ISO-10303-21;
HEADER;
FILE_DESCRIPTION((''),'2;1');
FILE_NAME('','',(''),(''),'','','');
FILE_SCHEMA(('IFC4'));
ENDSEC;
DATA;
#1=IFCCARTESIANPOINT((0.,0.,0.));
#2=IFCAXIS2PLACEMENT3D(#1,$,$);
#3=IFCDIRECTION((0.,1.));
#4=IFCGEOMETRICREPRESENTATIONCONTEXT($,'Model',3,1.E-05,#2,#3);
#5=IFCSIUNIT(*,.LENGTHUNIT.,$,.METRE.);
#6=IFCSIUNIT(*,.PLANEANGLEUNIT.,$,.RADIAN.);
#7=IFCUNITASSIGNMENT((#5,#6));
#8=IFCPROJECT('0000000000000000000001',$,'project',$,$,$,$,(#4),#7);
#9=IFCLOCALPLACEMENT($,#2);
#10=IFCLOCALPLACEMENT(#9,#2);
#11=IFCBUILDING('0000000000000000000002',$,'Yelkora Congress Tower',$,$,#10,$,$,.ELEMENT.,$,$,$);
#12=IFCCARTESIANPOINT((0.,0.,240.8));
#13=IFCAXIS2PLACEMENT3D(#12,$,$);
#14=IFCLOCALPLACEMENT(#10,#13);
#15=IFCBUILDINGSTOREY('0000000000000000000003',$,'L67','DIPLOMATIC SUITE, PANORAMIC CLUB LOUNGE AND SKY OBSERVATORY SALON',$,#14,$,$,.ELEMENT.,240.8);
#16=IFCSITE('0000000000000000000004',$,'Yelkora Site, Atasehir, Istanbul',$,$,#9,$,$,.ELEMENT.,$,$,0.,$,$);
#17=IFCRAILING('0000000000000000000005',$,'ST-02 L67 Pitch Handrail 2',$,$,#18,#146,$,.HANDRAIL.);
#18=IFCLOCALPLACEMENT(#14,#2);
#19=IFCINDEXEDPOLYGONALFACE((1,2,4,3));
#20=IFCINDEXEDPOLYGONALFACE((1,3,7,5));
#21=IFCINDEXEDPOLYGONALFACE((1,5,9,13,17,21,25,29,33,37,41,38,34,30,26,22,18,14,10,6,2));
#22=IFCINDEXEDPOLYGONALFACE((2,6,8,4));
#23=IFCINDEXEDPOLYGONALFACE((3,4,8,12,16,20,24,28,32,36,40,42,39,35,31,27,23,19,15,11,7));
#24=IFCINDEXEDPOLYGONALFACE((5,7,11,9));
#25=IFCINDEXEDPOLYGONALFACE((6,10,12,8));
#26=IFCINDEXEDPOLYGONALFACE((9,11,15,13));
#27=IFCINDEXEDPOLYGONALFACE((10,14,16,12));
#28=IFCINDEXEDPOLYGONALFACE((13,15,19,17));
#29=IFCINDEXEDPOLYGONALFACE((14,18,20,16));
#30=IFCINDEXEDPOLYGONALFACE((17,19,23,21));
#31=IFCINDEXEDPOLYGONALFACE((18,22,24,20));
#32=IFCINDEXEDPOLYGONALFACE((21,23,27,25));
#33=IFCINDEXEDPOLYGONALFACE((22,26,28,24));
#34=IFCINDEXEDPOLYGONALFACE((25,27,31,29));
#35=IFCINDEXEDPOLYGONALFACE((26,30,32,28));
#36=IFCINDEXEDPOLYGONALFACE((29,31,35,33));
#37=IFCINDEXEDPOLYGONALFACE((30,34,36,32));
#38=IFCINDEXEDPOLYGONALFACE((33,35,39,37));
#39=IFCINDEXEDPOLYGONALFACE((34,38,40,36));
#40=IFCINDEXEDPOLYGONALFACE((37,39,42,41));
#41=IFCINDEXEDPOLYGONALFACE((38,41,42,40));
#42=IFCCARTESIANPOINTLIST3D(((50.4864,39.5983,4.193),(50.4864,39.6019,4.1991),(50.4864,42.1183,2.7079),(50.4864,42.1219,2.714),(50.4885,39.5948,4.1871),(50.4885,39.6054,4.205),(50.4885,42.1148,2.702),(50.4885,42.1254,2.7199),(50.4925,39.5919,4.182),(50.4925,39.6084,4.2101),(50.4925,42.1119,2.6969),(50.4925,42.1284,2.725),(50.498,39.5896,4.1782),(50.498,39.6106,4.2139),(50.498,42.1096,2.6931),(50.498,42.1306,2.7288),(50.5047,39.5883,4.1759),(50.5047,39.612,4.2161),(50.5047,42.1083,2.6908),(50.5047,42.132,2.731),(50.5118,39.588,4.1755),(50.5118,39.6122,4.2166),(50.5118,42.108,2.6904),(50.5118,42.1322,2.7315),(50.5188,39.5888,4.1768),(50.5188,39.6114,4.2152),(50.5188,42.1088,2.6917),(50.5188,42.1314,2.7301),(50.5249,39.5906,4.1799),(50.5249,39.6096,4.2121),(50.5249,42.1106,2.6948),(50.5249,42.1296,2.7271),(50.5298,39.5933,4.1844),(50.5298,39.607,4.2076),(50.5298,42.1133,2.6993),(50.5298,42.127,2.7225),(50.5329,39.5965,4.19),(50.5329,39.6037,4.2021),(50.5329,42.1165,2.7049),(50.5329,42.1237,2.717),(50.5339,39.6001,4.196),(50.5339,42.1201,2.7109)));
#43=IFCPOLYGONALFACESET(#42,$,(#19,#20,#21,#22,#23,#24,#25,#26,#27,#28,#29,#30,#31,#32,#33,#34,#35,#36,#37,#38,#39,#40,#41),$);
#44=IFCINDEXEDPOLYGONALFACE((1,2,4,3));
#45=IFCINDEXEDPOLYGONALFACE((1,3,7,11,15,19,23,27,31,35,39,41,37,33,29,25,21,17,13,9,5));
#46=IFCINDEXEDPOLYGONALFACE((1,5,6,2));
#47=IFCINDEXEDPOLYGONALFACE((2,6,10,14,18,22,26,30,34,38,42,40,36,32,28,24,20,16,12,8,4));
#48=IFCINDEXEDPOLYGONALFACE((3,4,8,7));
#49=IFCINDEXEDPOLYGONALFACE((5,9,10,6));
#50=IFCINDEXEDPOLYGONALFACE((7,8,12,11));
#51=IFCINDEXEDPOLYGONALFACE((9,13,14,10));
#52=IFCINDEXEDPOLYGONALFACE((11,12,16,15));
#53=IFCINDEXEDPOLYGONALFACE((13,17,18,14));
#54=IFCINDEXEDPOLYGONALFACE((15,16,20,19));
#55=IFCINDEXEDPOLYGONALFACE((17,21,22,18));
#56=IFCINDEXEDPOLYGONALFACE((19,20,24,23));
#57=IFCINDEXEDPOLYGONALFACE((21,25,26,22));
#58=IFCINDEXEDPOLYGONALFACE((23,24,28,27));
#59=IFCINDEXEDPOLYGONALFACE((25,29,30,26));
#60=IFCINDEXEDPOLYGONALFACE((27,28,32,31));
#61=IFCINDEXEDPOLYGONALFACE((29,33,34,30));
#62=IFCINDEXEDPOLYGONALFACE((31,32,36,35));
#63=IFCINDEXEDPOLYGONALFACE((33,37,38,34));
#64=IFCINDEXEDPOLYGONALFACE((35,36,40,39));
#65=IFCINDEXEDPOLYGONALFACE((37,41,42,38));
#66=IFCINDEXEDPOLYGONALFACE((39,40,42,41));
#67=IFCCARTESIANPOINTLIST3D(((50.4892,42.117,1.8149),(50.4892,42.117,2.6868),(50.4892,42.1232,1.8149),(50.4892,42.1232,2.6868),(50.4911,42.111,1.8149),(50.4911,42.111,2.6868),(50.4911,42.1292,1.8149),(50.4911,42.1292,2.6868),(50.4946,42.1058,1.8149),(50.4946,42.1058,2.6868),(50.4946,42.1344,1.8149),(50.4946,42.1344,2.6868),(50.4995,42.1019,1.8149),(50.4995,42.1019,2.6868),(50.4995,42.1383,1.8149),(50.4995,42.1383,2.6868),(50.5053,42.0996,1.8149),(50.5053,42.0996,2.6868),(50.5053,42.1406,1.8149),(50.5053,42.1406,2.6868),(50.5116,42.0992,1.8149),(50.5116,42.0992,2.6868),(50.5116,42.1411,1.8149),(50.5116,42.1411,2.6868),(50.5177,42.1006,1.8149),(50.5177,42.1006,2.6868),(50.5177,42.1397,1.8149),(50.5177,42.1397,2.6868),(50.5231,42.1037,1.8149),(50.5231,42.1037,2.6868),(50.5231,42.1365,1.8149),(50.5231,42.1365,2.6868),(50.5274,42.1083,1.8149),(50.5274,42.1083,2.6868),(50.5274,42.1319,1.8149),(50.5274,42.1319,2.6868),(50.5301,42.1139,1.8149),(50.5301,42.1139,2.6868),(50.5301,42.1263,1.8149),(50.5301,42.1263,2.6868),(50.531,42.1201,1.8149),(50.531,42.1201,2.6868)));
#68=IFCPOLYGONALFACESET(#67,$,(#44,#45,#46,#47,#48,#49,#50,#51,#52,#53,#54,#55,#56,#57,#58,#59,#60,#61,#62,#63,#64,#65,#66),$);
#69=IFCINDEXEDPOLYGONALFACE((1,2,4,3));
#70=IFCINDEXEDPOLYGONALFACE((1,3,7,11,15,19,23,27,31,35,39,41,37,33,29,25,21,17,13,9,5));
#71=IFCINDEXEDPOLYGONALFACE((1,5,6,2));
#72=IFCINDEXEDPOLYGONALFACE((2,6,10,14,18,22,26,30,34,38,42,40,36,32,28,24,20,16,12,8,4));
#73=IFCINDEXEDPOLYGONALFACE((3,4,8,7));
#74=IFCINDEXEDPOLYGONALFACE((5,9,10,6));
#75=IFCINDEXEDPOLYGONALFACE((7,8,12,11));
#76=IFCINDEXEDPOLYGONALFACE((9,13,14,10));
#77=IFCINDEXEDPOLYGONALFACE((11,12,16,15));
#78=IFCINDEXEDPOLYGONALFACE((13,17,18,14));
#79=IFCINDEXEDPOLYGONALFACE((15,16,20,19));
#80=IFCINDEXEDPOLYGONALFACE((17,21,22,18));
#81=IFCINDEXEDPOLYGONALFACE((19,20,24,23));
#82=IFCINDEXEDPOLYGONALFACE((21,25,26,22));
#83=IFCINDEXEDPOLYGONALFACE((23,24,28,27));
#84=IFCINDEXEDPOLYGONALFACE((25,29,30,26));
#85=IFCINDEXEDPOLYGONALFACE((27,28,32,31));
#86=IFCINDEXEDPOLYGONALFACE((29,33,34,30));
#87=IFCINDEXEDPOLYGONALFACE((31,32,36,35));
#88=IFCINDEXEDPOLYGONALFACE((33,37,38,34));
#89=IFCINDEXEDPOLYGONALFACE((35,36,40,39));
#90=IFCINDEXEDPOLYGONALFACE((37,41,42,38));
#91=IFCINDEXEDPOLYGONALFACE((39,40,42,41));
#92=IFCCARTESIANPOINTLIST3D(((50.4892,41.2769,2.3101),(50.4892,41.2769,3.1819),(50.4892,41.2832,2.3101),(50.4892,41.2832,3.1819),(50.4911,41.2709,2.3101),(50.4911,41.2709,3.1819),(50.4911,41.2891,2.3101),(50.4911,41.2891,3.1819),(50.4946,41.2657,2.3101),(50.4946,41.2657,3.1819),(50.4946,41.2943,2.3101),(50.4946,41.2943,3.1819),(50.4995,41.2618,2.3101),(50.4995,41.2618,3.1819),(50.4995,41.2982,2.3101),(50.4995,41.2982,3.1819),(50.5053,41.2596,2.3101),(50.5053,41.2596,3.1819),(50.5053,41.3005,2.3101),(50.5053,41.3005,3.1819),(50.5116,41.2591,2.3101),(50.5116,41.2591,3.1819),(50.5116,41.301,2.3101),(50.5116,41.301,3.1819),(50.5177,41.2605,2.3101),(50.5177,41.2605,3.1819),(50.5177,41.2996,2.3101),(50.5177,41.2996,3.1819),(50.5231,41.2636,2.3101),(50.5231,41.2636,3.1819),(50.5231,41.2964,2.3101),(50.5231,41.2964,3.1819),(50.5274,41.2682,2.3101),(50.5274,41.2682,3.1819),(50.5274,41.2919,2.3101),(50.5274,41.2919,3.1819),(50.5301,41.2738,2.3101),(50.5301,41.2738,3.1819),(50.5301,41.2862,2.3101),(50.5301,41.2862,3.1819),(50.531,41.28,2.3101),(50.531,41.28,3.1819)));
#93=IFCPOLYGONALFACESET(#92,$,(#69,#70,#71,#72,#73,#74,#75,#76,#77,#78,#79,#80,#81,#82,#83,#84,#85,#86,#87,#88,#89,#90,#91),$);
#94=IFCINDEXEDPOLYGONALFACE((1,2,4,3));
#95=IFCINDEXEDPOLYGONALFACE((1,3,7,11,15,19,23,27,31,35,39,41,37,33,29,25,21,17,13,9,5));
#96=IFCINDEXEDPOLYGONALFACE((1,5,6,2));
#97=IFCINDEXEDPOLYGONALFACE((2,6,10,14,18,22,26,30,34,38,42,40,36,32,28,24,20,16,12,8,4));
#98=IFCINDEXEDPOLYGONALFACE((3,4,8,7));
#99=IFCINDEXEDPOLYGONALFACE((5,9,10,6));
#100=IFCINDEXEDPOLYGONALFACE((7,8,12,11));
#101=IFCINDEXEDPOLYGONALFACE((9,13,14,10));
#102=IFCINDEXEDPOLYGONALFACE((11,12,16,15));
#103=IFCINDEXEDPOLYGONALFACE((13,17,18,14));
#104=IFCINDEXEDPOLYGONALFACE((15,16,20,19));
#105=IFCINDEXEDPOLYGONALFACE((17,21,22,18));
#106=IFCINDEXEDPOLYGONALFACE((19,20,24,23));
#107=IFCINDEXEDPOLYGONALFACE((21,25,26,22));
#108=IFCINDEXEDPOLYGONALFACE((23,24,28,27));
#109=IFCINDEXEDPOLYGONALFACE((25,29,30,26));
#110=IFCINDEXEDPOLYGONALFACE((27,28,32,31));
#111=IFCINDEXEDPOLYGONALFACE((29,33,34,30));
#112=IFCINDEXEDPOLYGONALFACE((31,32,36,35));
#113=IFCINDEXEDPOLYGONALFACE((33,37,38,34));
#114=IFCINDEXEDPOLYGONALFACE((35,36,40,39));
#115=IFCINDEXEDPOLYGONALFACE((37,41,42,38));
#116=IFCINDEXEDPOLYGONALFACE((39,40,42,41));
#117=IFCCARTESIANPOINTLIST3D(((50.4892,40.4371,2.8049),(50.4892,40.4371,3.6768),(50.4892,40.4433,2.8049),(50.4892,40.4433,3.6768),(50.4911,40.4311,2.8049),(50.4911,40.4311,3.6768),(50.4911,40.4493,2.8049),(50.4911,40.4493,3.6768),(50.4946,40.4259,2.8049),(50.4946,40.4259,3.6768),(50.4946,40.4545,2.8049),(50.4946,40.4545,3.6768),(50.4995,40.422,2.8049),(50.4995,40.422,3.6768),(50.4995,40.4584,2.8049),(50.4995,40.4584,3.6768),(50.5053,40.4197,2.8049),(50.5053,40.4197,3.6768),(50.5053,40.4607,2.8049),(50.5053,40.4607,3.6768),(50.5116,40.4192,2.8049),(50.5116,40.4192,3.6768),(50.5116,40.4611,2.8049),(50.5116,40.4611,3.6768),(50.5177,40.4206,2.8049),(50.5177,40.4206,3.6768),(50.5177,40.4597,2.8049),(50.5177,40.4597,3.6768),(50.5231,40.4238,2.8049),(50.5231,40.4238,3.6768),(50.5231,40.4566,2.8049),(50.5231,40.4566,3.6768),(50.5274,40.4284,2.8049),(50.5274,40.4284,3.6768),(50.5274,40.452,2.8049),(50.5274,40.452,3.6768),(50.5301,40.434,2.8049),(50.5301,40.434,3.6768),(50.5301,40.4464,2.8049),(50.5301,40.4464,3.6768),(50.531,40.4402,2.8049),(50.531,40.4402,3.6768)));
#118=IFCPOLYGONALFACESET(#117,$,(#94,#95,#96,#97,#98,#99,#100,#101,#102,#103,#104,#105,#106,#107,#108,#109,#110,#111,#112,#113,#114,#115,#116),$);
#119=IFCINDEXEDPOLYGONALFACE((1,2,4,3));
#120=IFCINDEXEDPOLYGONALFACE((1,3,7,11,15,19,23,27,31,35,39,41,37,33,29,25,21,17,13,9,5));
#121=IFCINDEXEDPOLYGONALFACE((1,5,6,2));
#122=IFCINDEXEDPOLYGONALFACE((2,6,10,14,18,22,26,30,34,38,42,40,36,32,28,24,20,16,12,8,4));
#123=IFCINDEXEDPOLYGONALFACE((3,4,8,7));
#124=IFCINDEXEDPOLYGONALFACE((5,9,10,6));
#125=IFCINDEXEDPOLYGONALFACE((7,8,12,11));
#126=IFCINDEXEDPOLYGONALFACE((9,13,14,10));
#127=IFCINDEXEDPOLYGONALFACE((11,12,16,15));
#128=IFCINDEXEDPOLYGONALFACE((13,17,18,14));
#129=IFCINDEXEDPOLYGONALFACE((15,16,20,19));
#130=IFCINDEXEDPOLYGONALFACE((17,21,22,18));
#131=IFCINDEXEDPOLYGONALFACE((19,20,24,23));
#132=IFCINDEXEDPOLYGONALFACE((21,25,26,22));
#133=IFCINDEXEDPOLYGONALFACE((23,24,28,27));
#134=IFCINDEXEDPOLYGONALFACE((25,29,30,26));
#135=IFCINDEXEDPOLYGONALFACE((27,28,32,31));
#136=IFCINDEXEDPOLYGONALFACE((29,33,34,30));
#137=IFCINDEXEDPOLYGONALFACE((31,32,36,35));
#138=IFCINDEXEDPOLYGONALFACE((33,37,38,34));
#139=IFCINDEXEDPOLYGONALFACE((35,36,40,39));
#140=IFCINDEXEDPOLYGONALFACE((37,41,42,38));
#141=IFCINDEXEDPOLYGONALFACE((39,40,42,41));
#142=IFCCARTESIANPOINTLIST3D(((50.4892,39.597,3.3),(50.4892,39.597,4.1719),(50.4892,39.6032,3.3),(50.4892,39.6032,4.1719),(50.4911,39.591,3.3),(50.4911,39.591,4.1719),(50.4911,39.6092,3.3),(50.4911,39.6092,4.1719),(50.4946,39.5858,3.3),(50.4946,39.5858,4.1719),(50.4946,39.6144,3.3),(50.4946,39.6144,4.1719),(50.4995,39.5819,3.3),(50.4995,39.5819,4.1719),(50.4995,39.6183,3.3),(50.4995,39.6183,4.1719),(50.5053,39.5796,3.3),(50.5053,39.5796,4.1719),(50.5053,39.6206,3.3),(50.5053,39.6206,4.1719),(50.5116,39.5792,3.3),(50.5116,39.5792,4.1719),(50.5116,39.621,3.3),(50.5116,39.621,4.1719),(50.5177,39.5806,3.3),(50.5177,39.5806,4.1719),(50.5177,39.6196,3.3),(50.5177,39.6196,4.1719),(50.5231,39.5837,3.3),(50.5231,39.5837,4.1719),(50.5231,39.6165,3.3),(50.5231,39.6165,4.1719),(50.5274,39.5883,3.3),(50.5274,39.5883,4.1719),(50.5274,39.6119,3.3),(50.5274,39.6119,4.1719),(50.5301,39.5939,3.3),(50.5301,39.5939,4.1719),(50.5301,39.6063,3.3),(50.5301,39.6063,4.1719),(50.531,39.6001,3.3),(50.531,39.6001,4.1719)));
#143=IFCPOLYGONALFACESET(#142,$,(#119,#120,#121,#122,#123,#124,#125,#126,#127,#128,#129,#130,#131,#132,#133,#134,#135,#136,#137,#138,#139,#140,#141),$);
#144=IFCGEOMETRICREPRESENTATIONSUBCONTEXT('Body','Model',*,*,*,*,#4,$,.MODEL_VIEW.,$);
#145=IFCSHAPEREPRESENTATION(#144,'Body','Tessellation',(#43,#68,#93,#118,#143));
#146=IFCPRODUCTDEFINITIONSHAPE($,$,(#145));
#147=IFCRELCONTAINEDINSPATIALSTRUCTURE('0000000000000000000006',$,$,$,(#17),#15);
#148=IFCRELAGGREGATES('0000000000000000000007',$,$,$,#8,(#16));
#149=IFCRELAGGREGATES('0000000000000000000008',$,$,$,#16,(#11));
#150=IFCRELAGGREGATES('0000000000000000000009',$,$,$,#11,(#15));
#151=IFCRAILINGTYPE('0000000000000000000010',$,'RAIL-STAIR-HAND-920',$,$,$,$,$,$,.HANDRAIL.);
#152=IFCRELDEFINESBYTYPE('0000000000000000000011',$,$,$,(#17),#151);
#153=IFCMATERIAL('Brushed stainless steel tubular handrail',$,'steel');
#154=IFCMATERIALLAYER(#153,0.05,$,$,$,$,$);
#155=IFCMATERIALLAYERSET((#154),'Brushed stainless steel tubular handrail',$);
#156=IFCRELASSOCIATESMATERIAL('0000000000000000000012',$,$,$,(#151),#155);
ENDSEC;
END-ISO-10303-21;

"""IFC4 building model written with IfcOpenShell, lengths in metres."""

from ifc_helpers import new_model, si_unit, direction, frame, origin, origin_2d, place, context, subcontext, project, spatial, circle, extrude, material, layer, layer_set, type_object, element, save


model = new_model("IFC4")

# Units and contexts
model_context = context("Model", 3, precision=1e-05, world=origin(), true_north=direction((0.0, 1.0)))
body_context = subcontext(model_context, "Body", "Model", "MODEL_VIEW")
ifc_project = project(units=[si_unit("LENGTHUNIT", "METRE"), si_unit("PLANEANGLEUNIT", "RADIAN")], contexts=[model_context])

# Site, building, storey
site_placement = place(None, origin())
site = spatial("IfcSite", under=ifc_project, at=site_placement, Name="Yelkora Site, Atasehir, Istanbul", CompositionType="ELEMENT", RefElevation=0.0)
building_placement = place(site_placement, origin())
building = spatial("IfcBuilding", under=site, at=building_placement, Name="Yelkora Congress Tower", CompositionType="ELEMENT")
storey_placement = place(building_placement, frame((0.0, 0.0, 240.8)))
storey = spatial("IfcBuildingStorey", under=building, at=storey_placement, Name="L67", Description="DIPLOMATIC SUITE, PANORAMIC CLUB LOUNGE AND SKY OBSERVATORY SALON", CompositionType="ELEMENT", Elevation=240.8)

# Railing
ifc_material_1 = material(Name="Brushed stainless steel tubular handrail", Category="steel")
ifc_layer_1 = layer(ifc_material_1, 0.05)
ifc_layer_set_1 = layer_set([ifc_layer_1], Name="Brushed stainless steel tubular handrail")
railing_type_1 = type_object("IfcRailingType", Name="RAIL-STAIR-HAND-920", PredefinedType="HANDRAIL", material=ifc_layer_set_1)
railing_1_placement = place(storey_placement, frame((50.51, 42.1201, 1.8149)))
element("IfcRailing", 1, at=railing_1_placement, inside=storey, type_object=railing_type_1, Name="ST-02 L67 Pitch Handrail 2", PredefinedType="HANDRAIL", context=body_context, shape_type="SweptSolid", body=[
    extrude(circle(Radius=0.0239, at=origin_2d()), frame((0.0, 0.0, 0.896), z_axis=(0.0, -0.861524, 0.507717), x_axis=(1.0, 0.0, 0.0)), (0.0, 0.0, 1.0), 2.925),
    extrude(circle(Radius=0.021, at=origin_2d()), origin(), (0.0, 0.0, 1.0), 0.8718),
    extrude(circle(Radius=0.021, at=origin_2d()), frame((0.0, -0.8401, 0.4951)), (0.0, 0.0, 1.0), 0.8718),
    extrude(circle(Radius=0.021, at=origin_2d()), frame((0.0, -1.6799, 0.99)), (0.0, 0.0, 1.0), 0.8718),
    extrude(circle(Radius=0.021, at=origin_2d()), frame((0.0, -2.52, 1.4851)), (0.0, 0.0, 1.0), 0.8718),
])

save(model, "model.ifc")
